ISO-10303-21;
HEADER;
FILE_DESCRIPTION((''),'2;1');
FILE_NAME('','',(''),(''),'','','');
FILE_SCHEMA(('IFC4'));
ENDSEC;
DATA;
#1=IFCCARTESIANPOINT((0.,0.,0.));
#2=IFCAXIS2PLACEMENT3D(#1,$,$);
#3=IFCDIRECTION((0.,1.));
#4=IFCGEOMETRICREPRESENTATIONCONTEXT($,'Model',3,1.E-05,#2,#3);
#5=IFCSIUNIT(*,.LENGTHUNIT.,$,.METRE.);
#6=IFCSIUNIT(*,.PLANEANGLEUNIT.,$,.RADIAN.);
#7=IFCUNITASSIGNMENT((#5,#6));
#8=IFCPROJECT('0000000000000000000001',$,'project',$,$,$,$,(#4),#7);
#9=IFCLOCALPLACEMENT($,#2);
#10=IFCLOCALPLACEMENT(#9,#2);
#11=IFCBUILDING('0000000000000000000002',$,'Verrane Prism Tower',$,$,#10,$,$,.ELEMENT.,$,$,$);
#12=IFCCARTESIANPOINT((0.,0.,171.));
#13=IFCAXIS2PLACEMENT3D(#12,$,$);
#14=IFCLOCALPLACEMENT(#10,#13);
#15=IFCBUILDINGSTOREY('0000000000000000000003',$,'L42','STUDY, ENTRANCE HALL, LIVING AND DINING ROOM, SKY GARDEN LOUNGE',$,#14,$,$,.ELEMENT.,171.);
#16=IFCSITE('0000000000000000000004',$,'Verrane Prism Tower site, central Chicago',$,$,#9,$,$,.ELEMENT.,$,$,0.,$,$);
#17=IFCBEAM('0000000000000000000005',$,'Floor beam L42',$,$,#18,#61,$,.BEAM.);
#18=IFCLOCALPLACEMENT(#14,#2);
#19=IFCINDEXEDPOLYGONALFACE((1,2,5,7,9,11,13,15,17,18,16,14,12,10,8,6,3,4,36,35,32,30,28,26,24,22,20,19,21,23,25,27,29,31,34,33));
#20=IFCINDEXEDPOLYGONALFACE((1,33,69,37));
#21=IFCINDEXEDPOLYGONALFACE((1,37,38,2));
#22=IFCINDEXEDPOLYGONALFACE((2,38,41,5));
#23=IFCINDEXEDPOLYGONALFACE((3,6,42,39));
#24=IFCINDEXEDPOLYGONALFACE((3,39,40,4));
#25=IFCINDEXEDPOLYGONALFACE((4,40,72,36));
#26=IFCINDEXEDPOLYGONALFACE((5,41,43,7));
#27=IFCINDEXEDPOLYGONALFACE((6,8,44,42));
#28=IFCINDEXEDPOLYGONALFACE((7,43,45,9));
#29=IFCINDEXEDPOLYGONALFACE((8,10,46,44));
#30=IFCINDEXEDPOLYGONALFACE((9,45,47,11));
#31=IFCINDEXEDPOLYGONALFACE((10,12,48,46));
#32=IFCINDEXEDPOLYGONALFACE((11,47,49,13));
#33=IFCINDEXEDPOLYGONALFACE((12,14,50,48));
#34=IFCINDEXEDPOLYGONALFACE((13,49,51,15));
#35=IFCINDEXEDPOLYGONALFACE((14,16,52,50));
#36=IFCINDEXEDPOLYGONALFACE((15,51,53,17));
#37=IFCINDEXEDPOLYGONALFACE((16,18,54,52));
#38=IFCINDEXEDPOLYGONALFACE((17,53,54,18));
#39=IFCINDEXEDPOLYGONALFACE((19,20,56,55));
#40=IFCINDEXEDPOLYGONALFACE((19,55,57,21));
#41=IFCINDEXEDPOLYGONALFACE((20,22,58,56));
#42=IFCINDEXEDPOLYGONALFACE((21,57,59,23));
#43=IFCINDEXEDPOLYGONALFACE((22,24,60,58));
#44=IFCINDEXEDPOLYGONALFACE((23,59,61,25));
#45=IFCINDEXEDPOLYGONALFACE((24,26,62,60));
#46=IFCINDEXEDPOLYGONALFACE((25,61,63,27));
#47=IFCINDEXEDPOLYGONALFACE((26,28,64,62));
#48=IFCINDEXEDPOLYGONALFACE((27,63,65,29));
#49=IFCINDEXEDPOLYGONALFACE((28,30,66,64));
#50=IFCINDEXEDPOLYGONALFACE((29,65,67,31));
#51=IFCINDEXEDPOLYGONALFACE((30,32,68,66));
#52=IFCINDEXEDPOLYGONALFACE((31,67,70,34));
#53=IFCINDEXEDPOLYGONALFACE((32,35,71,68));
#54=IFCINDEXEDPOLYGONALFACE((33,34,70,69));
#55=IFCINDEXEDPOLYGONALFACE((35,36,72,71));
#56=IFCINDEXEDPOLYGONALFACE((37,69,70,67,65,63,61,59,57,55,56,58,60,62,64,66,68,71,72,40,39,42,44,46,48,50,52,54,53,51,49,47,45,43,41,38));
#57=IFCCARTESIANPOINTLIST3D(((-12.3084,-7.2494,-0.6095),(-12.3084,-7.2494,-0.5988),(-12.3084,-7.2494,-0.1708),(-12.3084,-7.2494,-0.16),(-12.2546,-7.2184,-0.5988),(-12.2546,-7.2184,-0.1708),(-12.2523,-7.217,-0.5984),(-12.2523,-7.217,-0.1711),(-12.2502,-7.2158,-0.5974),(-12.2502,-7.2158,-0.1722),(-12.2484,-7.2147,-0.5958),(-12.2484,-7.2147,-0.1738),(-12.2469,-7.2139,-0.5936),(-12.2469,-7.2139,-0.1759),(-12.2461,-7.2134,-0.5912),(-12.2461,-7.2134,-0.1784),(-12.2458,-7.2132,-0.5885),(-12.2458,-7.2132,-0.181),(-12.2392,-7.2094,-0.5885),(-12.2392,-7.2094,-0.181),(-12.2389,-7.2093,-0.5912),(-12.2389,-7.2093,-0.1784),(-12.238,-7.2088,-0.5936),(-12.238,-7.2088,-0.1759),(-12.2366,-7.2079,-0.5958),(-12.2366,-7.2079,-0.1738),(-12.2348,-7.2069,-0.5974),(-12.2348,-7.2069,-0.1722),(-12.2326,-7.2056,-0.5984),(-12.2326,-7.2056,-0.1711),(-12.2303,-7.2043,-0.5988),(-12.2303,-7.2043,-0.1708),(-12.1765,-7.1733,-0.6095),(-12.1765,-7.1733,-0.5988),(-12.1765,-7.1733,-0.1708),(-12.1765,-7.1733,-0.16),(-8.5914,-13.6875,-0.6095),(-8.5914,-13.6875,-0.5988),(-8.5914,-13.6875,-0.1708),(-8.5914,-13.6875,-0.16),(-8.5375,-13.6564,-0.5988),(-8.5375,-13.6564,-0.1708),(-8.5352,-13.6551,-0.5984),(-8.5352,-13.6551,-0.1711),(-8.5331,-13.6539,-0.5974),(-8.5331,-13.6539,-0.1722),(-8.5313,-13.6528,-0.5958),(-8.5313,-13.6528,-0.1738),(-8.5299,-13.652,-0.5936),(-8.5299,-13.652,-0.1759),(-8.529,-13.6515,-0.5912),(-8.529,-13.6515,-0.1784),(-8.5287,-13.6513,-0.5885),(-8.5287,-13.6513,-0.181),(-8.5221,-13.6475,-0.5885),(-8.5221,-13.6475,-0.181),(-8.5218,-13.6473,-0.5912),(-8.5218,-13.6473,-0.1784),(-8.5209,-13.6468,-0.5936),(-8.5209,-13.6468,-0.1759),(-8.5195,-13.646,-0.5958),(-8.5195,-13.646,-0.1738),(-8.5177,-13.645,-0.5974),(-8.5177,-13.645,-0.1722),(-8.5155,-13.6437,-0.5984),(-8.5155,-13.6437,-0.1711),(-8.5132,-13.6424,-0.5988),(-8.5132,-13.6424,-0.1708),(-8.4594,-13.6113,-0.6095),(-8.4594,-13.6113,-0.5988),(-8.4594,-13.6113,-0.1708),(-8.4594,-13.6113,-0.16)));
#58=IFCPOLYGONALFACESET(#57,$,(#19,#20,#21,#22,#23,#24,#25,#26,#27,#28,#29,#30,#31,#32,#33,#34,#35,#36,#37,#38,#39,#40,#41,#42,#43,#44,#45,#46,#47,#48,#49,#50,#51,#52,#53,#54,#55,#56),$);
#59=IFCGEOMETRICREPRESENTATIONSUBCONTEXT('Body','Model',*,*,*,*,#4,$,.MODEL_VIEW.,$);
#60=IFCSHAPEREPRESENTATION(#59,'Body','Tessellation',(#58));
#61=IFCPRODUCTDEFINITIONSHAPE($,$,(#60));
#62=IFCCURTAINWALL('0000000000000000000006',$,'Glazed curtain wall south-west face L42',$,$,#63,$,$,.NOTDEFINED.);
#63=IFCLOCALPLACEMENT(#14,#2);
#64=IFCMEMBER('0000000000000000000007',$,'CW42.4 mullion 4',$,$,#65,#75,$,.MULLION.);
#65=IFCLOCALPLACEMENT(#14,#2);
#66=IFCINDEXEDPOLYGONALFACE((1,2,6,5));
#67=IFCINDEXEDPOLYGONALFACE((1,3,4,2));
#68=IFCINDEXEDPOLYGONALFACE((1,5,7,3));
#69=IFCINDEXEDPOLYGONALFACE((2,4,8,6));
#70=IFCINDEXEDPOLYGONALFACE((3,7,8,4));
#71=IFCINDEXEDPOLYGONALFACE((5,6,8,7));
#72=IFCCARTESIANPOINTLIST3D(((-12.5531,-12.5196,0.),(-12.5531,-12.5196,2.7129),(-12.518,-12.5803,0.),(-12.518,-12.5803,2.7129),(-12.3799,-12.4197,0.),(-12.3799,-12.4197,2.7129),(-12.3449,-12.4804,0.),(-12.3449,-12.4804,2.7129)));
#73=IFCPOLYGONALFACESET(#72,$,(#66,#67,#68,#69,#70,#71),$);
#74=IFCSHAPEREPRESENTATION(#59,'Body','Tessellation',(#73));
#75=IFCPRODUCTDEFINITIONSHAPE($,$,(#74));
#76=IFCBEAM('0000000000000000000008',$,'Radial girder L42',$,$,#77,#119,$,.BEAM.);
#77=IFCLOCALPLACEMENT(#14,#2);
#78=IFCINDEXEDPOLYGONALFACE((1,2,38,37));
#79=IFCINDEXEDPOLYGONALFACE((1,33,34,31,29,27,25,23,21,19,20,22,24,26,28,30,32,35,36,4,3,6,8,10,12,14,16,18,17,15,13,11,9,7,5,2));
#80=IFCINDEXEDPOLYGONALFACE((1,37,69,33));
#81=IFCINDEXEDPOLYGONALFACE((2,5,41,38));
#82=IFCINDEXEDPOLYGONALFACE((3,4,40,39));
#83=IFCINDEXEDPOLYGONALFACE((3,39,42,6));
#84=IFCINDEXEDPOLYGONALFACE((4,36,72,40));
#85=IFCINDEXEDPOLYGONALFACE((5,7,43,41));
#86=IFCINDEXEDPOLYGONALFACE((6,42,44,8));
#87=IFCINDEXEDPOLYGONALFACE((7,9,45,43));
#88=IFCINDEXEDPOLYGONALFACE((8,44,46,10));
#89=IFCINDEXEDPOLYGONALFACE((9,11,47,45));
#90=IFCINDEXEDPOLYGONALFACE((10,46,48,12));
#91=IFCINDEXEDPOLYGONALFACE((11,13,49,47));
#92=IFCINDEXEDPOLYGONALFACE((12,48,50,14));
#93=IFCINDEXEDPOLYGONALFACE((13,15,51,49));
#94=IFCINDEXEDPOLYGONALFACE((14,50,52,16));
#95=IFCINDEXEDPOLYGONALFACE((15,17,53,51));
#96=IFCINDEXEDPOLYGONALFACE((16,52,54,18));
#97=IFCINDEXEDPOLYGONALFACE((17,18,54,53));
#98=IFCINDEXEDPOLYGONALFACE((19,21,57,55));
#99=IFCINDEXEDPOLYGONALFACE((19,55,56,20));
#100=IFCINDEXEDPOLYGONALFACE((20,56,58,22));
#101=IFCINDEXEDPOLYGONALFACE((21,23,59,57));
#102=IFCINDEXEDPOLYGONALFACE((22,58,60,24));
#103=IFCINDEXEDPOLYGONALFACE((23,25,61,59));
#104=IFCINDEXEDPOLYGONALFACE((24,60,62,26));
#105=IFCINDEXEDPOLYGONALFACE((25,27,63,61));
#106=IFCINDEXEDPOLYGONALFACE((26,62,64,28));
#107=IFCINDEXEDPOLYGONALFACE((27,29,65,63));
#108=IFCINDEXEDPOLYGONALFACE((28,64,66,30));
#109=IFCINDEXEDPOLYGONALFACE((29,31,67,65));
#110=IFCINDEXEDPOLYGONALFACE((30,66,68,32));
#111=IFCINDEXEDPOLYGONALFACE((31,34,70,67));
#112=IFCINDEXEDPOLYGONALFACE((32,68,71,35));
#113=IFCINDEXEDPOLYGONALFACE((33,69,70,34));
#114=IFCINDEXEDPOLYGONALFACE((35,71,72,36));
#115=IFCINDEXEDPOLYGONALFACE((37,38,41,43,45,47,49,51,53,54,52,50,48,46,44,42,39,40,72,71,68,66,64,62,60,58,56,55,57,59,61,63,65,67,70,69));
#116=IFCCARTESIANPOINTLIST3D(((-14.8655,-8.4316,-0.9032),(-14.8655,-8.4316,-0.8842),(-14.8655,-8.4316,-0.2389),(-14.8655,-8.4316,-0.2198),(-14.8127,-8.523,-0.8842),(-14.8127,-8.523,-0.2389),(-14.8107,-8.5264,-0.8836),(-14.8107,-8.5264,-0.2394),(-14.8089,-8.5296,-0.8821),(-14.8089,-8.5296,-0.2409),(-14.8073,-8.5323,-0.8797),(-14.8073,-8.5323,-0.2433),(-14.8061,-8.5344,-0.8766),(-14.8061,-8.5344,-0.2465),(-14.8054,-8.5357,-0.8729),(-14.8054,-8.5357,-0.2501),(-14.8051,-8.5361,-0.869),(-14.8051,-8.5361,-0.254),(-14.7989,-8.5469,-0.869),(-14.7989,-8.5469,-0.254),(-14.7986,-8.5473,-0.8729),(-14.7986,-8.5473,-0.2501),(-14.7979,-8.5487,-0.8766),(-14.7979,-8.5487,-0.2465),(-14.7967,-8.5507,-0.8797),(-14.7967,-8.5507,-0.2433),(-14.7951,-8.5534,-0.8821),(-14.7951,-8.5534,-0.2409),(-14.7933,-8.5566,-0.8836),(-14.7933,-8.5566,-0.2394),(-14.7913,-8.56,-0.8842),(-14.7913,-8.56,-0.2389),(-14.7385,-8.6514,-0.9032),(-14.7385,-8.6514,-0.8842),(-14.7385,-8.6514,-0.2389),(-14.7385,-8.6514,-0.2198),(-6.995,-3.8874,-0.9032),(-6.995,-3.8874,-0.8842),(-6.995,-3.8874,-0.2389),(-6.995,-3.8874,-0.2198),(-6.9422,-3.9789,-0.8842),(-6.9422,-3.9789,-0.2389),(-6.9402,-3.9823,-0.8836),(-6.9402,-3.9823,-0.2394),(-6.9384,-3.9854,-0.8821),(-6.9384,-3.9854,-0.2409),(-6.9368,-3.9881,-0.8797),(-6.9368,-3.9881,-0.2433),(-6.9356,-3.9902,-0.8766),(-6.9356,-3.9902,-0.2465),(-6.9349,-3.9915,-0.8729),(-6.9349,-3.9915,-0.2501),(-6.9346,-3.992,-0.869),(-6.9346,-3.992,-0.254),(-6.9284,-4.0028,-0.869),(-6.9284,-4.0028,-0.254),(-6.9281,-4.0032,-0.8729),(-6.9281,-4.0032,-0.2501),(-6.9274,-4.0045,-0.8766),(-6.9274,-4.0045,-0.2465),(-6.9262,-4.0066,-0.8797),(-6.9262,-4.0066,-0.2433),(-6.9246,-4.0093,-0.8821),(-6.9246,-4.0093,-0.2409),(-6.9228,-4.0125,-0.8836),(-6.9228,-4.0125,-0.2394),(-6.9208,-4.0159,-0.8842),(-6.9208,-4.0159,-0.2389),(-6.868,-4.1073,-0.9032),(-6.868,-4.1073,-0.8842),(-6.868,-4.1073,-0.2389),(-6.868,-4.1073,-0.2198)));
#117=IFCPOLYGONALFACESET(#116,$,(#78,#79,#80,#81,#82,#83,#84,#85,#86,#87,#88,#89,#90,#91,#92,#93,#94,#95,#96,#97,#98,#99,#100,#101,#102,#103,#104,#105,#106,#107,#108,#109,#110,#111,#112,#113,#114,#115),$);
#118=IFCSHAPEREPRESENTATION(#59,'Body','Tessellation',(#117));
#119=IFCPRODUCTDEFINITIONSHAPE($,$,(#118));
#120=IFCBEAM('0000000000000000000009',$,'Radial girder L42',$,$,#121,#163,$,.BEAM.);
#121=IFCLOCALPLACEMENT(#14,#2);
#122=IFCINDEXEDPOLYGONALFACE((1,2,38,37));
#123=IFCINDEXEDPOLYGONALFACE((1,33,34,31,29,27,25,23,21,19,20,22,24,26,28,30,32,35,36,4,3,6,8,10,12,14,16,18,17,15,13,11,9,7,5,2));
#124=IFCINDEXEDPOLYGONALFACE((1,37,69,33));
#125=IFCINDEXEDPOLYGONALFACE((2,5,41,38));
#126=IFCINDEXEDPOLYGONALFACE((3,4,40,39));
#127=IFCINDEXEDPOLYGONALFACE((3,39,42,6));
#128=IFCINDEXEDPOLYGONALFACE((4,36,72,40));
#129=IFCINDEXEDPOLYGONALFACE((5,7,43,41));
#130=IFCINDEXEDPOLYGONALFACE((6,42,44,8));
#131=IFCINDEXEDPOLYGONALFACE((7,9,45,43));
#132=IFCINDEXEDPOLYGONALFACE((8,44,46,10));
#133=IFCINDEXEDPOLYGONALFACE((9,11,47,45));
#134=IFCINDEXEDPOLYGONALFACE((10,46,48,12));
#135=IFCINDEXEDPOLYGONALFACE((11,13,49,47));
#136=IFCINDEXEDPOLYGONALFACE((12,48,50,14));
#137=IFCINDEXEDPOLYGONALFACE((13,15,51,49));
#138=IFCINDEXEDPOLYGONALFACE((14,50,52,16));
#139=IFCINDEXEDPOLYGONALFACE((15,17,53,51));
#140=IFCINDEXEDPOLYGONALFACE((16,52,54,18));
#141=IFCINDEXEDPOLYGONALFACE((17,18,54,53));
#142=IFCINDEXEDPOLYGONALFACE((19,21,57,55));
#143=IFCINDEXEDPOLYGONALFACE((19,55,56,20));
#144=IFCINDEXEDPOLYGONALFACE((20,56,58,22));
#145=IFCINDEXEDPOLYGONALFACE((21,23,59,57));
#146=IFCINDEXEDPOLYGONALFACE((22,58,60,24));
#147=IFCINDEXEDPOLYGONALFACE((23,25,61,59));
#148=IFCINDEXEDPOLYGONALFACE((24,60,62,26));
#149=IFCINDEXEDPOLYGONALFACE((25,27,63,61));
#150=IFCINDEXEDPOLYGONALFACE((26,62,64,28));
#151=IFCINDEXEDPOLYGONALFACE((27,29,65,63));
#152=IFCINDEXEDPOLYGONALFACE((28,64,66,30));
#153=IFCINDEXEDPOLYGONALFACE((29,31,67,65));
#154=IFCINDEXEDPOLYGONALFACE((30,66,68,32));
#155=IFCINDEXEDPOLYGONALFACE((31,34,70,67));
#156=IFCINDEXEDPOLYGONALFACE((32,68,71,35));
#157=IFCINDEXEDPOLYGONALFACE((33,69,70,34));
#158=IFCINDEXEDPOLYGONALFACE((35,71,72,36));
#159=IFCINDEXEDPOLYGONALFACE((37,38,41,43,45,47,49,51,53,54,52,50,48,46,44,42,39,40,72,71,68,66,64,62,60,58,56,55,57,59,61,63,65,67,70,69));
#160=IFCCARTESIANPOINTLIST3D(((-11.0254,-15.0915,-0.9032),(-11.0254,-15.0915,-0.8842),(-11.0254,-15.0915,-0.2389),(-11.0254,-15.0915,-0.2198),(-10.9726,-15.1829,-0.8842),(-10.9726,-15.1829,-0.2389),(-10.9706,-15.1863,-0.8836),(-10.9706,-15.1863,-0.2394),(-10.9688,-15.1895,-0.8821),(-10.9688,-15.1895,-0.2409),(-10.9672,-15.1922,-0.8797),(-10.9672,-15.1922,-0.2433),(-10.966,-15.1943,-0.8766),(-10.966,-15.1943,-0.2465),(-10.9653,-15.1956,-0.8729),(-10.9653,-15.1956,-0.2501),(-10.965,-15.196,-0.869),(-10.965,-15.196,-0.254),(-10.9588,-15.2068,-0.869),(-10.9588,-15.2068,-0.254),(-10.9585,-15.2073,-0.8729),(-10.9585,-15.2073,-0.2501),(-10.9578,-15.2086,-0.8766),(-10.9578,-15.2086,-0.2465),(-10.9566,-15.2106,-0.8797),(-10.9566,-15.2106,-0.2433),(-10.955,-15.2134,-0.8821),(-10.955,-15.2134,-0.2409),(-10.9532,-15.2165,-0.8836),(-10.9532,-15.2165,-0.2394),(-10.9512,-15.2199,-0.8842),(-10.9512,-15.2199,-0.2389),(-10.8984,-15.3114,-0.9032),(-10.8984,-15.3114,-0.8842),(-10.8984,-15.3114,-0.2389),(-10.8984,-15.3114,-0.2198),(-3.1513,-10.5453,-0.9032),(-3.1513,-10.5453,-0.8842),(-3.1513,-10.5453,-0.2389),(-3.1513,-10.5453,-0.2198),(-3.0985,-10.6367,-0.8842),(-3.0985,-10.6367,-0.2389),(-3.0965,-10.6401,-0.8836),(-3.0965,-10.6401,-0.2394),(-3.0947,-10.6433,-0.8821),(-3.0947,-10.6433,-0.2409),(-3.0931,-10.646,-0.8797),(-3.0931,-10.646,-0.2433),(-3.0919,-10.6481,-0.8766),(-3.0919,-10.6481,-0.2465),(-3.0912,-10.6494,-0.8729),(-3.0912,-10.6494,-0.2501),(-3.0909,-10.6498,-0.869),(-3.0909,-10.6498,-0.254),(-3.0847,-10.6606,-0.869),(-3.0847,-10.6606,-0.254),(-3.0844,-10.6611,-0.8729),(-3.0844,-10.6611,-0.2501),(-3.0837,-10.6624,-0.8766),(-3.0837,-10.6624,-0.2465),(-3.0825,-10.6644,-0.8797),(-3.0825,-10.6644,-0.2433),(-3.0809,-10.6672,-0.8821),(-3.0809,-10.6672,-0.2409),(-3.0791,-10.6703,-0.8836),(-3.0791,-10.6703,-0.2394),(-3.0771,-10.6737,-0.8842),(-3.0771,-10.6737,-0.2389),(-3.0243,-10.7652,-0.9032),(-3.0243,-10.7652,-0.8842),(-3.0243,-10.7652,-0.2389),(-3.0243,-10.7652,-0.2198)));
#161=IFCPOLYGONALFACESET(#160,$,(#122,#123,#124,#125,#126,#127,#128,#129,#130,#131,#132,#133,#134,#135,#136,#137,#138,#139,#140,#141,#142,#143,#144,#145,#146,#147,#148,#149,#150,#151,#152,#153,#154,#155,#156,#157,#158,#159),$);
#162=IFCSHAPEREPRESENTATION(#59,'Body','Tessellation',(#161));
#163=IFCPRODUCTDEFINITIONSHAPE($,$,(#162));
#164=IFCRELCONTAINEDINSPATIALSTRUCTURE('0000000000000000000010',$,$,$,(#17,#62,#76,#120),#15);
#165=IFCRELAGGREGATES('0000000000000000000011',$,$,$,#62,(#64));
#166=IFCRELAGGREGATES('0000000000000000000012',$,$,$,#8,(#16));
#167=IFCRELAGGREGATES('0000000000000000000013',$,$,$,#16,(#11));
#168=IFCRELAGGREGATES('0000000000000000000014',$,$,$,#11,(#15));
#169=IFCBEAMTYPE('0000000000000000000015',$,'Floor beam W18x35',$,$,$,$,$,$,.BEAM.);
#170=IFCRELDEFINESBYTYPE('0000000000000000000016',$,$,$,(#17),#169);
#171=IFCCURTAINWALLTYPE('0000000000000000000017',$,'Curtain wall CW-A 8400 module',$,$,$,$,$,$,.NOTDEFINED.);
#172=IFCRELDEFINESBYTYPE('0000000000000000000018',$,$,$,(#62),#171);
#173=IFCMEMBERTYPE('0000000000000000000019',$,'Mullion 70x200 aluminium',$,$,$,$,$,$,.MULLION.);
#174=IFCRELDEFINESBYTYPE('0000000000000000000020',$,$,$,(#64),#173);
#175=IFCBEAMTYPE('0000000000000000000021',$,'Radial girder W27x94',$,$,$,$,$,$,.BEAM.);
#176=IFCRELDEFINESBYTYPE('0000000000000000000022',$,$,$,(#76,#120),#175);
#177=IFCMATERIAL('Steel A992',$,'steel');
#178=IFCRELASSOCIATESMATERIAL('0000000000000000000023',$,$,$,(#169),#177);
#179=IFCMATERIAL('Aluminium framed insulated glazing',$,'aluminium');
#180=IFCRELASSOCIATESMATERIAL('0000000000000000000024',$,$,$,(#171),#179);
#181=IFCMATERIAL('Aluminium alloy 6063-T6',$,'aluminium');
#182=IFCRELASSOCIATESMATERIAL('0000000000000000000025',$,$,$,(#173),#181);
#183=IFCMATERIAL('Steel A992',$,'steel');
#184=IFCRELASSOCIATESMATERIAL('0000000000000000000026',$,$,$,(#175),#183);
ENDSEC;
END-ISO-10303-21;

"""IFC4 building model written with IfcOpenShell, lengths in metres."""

from ifc_helpers import new_model, si_unit, direction, frame, origin, origin_2d, place, context, subcontext, project, spatial, rectangle, i_section, extrude, material, material_profile, profile_set, type_object, element, aggregate, save


model = new_model("IFC4")

# Units and contexts
model_context = context("Model", 3, precision=1e-05, world=origin(), true_north=direction((0.0, 1.0)))
body_context = subcontext(model_context, "Body", "Model", "MODEL_VIEW")
ifc_project = project(units=[si_unit("LENGTHUNIT", "METRE"), si_unit("PLANEANGLEUNIT", "RADIAN")], contexts=[model_context])

# Site, building, storey
site_placement = place(None, origin())
site = spatial("IfcSite", under=ifc_project, at=site_placement, Name="Verrane Prism Tower site, central Chicago", CompositionType="ELEMENT", RefElevation=0.0)
building_placement = place(site_placement, origin())
building = spatial("IfcBuilding", under=site, at=building_placement, Name="Verrane Prism Tower", CompositionType="ELEMENT")
storey_placement = place(building_placement, frame((0.0, 0.0, 171.0)))
storey = spatial("IfcBuildingStorey", under=building, at=storey_placement, Name="L42", Description="STUDY, ENTRANCE HALL, LIVING AND DINING ROOM, SKY GARDEN LOUNGE", CompositionType="ELEMENT", Elevation=171.0)

# Beam
ifc_material_1 = material(Name="Steel A992", Category="steel")
ifc_material_profile_1 = material_profile(ifc_material_1, i_section(OverallWidth=0.1523, OverallDepth=0.4495, WebThickness=0.0076, FlangeThickness=0.0107, FilletRadius=0.0103, at=origin_2d()), Name="W18x35")
ifc_profile_set_1 = profile_set([ifc_material_profile_1], Name="Steel A992")
beam_type_1 = type_object("IfcBeamType", Name="Floor beam W18x35", PredefinedType="BEAM", material=ifc_profile_set_1)
beam_1_placement = place(storey_placement, frame((-8.5254, -13.6494, -0.3848), z_axis=(-0.500007, 0.866022, 0.0), x_axis=(-0.866022, -0.500007, 0.0)))
element("IfcBeam", 1, at=beam_1_placement, inside=storey, type_object=beam_type_1, Name="Floor beam L42", PredefinedType="BEAM", context=body_context, shape_type="SweptSolid", body=[
    extrude(i_section(OverallWidth=0.1523, OverallDepth=0.4495, WebThickness=0.0076, FlangeThickness=0.0107, FilletRadius=0.0103, at=origin_2d()), origin(), (0.0, 0.0, 1.0), 7.4341),
])

# Curtain wall, member
ifc_material_2 = material(Name="Aluminium framed insulated glazing", Category="aluminium")
curtain_wall_type = type_object("IfcCurtainWallType", Name="Curtain wall CW-A 8400 module", PredefinedType="NOTDEFINED", material=ifc_material_2)
curtain_wall_placement = place(storey_placement, origin())
curtain_wall = element("IfcCurtainWall", 2, at=curtain_wall_placement, inside=storey, type_object=curtain_wall_type, Name="Glazed curtain wall south-west face L42", PredefinedType="NOTDEFINED")
ifc_material_3 = material(Name="Aluminium alloy 6063-T6", Category="aluminium")
ifc_material_profile_2 = material_profile(ifc_material_3, rectangle(XDim=0.2, YDim=0.0701, at=origin_2d()), Name="Mullion 70x200 aluminium")
ifc_profile_set_2 = profile_set([ifc_material_profile_2], Name="Aluminium alloy 6063-T6")
member_type_1 = type_object("IfcMemberType", Name="Mullion 70x200 aluminium", PredefinedType="MULLION", material=ifc_profile_set_2)
member_1_placement = place(storey_placement, frame((-12.449, -12.5, 0.0), z_axis=(0.0, 0.0, 1.0), x_axis=(0.866026, 0.499999, 0.0)))
member_1 = element("IfcMember", 3, at=member_1_placement, type_object=member_type_1, Name="CW42.4 mullion 4", PredefinedType="MULLION", context=body_context, shape_type="SweptSolid", body=[
    extrude(rectangle(XDim=0.2, YDim=0.0701, at=origin_2d()), origin(), (0.0, 0.0, 1.0), 2.7129),
])

# Beams
ifc_material_4 = material(Name="Steel A992", Category="steel")
ifc_material_profile_3 = material_profile(ifc_material_4, i_section(OverallWidth=0.2539, OverallDepth=0.6833, WebThickness=0.0125, FlangeThickness=0.019, FilletRadius=0.0151, at=origin_2d()), Name="W27x94")
ifc_profile_set_3 = profile_set([ifc_material_profile_3], Name="Steel A992")
beam_type_2 = type_object("IfcBeamType", Name="Radial girder W27x94", PredefinedType="BEAM", material=ifc_profile_set_3)
beam_2_placement = place(storey_placement, frame((-14.802, -8.5415, -0.5615), z_axis=(0.866021, 0.500008, 0.0), x_axis=(-0.500008, 0.866021, 0.0)))
element("IfcBeam", 4, at=beam_2_placement, inside=storey, type_object=beam_type_2, Name="Radial girder L42", PredefinedType="BEAM", context=body_context, shape_type="SweptSolid", body=[
    extrude(i_section(OverallWidth=0.2539, OverallDepth=0.6833, WebThickness=0.0125, FlangeThickness=0.019, FilletRadius=0.0151, at=origin_2d()), origin(), (0.0, 0.0, 1.0), 9.0881),
])
beam_3_placement = place(storey_placement, frame((-10.9619, -15.2014, -0.5615), z_axis=(0.866022, 0.500006, 0.0), x_axis=(-0.500006, 0.866022, 0.0)))
element("IfcBeam", 5, at=beam_3_placement, inside=storey, type_object=beam_type_2, Name="Radial girder L42", PredefinedType="BEAM", context=body_context, shape_type="SweptSolid", body=[
    extrude(i_section(OverallWidth=0.2539, OverallDepth=0.6833, WebThickness=0.0125, FlangeThickness=0.019, FilletRadius=0.0151, at=origin_2d()), origin(), (0.0, 0.0, 1.0), 9.0923),
])

aggregate(curtain_wall, [member_1])

save(model, "model.ifc")
